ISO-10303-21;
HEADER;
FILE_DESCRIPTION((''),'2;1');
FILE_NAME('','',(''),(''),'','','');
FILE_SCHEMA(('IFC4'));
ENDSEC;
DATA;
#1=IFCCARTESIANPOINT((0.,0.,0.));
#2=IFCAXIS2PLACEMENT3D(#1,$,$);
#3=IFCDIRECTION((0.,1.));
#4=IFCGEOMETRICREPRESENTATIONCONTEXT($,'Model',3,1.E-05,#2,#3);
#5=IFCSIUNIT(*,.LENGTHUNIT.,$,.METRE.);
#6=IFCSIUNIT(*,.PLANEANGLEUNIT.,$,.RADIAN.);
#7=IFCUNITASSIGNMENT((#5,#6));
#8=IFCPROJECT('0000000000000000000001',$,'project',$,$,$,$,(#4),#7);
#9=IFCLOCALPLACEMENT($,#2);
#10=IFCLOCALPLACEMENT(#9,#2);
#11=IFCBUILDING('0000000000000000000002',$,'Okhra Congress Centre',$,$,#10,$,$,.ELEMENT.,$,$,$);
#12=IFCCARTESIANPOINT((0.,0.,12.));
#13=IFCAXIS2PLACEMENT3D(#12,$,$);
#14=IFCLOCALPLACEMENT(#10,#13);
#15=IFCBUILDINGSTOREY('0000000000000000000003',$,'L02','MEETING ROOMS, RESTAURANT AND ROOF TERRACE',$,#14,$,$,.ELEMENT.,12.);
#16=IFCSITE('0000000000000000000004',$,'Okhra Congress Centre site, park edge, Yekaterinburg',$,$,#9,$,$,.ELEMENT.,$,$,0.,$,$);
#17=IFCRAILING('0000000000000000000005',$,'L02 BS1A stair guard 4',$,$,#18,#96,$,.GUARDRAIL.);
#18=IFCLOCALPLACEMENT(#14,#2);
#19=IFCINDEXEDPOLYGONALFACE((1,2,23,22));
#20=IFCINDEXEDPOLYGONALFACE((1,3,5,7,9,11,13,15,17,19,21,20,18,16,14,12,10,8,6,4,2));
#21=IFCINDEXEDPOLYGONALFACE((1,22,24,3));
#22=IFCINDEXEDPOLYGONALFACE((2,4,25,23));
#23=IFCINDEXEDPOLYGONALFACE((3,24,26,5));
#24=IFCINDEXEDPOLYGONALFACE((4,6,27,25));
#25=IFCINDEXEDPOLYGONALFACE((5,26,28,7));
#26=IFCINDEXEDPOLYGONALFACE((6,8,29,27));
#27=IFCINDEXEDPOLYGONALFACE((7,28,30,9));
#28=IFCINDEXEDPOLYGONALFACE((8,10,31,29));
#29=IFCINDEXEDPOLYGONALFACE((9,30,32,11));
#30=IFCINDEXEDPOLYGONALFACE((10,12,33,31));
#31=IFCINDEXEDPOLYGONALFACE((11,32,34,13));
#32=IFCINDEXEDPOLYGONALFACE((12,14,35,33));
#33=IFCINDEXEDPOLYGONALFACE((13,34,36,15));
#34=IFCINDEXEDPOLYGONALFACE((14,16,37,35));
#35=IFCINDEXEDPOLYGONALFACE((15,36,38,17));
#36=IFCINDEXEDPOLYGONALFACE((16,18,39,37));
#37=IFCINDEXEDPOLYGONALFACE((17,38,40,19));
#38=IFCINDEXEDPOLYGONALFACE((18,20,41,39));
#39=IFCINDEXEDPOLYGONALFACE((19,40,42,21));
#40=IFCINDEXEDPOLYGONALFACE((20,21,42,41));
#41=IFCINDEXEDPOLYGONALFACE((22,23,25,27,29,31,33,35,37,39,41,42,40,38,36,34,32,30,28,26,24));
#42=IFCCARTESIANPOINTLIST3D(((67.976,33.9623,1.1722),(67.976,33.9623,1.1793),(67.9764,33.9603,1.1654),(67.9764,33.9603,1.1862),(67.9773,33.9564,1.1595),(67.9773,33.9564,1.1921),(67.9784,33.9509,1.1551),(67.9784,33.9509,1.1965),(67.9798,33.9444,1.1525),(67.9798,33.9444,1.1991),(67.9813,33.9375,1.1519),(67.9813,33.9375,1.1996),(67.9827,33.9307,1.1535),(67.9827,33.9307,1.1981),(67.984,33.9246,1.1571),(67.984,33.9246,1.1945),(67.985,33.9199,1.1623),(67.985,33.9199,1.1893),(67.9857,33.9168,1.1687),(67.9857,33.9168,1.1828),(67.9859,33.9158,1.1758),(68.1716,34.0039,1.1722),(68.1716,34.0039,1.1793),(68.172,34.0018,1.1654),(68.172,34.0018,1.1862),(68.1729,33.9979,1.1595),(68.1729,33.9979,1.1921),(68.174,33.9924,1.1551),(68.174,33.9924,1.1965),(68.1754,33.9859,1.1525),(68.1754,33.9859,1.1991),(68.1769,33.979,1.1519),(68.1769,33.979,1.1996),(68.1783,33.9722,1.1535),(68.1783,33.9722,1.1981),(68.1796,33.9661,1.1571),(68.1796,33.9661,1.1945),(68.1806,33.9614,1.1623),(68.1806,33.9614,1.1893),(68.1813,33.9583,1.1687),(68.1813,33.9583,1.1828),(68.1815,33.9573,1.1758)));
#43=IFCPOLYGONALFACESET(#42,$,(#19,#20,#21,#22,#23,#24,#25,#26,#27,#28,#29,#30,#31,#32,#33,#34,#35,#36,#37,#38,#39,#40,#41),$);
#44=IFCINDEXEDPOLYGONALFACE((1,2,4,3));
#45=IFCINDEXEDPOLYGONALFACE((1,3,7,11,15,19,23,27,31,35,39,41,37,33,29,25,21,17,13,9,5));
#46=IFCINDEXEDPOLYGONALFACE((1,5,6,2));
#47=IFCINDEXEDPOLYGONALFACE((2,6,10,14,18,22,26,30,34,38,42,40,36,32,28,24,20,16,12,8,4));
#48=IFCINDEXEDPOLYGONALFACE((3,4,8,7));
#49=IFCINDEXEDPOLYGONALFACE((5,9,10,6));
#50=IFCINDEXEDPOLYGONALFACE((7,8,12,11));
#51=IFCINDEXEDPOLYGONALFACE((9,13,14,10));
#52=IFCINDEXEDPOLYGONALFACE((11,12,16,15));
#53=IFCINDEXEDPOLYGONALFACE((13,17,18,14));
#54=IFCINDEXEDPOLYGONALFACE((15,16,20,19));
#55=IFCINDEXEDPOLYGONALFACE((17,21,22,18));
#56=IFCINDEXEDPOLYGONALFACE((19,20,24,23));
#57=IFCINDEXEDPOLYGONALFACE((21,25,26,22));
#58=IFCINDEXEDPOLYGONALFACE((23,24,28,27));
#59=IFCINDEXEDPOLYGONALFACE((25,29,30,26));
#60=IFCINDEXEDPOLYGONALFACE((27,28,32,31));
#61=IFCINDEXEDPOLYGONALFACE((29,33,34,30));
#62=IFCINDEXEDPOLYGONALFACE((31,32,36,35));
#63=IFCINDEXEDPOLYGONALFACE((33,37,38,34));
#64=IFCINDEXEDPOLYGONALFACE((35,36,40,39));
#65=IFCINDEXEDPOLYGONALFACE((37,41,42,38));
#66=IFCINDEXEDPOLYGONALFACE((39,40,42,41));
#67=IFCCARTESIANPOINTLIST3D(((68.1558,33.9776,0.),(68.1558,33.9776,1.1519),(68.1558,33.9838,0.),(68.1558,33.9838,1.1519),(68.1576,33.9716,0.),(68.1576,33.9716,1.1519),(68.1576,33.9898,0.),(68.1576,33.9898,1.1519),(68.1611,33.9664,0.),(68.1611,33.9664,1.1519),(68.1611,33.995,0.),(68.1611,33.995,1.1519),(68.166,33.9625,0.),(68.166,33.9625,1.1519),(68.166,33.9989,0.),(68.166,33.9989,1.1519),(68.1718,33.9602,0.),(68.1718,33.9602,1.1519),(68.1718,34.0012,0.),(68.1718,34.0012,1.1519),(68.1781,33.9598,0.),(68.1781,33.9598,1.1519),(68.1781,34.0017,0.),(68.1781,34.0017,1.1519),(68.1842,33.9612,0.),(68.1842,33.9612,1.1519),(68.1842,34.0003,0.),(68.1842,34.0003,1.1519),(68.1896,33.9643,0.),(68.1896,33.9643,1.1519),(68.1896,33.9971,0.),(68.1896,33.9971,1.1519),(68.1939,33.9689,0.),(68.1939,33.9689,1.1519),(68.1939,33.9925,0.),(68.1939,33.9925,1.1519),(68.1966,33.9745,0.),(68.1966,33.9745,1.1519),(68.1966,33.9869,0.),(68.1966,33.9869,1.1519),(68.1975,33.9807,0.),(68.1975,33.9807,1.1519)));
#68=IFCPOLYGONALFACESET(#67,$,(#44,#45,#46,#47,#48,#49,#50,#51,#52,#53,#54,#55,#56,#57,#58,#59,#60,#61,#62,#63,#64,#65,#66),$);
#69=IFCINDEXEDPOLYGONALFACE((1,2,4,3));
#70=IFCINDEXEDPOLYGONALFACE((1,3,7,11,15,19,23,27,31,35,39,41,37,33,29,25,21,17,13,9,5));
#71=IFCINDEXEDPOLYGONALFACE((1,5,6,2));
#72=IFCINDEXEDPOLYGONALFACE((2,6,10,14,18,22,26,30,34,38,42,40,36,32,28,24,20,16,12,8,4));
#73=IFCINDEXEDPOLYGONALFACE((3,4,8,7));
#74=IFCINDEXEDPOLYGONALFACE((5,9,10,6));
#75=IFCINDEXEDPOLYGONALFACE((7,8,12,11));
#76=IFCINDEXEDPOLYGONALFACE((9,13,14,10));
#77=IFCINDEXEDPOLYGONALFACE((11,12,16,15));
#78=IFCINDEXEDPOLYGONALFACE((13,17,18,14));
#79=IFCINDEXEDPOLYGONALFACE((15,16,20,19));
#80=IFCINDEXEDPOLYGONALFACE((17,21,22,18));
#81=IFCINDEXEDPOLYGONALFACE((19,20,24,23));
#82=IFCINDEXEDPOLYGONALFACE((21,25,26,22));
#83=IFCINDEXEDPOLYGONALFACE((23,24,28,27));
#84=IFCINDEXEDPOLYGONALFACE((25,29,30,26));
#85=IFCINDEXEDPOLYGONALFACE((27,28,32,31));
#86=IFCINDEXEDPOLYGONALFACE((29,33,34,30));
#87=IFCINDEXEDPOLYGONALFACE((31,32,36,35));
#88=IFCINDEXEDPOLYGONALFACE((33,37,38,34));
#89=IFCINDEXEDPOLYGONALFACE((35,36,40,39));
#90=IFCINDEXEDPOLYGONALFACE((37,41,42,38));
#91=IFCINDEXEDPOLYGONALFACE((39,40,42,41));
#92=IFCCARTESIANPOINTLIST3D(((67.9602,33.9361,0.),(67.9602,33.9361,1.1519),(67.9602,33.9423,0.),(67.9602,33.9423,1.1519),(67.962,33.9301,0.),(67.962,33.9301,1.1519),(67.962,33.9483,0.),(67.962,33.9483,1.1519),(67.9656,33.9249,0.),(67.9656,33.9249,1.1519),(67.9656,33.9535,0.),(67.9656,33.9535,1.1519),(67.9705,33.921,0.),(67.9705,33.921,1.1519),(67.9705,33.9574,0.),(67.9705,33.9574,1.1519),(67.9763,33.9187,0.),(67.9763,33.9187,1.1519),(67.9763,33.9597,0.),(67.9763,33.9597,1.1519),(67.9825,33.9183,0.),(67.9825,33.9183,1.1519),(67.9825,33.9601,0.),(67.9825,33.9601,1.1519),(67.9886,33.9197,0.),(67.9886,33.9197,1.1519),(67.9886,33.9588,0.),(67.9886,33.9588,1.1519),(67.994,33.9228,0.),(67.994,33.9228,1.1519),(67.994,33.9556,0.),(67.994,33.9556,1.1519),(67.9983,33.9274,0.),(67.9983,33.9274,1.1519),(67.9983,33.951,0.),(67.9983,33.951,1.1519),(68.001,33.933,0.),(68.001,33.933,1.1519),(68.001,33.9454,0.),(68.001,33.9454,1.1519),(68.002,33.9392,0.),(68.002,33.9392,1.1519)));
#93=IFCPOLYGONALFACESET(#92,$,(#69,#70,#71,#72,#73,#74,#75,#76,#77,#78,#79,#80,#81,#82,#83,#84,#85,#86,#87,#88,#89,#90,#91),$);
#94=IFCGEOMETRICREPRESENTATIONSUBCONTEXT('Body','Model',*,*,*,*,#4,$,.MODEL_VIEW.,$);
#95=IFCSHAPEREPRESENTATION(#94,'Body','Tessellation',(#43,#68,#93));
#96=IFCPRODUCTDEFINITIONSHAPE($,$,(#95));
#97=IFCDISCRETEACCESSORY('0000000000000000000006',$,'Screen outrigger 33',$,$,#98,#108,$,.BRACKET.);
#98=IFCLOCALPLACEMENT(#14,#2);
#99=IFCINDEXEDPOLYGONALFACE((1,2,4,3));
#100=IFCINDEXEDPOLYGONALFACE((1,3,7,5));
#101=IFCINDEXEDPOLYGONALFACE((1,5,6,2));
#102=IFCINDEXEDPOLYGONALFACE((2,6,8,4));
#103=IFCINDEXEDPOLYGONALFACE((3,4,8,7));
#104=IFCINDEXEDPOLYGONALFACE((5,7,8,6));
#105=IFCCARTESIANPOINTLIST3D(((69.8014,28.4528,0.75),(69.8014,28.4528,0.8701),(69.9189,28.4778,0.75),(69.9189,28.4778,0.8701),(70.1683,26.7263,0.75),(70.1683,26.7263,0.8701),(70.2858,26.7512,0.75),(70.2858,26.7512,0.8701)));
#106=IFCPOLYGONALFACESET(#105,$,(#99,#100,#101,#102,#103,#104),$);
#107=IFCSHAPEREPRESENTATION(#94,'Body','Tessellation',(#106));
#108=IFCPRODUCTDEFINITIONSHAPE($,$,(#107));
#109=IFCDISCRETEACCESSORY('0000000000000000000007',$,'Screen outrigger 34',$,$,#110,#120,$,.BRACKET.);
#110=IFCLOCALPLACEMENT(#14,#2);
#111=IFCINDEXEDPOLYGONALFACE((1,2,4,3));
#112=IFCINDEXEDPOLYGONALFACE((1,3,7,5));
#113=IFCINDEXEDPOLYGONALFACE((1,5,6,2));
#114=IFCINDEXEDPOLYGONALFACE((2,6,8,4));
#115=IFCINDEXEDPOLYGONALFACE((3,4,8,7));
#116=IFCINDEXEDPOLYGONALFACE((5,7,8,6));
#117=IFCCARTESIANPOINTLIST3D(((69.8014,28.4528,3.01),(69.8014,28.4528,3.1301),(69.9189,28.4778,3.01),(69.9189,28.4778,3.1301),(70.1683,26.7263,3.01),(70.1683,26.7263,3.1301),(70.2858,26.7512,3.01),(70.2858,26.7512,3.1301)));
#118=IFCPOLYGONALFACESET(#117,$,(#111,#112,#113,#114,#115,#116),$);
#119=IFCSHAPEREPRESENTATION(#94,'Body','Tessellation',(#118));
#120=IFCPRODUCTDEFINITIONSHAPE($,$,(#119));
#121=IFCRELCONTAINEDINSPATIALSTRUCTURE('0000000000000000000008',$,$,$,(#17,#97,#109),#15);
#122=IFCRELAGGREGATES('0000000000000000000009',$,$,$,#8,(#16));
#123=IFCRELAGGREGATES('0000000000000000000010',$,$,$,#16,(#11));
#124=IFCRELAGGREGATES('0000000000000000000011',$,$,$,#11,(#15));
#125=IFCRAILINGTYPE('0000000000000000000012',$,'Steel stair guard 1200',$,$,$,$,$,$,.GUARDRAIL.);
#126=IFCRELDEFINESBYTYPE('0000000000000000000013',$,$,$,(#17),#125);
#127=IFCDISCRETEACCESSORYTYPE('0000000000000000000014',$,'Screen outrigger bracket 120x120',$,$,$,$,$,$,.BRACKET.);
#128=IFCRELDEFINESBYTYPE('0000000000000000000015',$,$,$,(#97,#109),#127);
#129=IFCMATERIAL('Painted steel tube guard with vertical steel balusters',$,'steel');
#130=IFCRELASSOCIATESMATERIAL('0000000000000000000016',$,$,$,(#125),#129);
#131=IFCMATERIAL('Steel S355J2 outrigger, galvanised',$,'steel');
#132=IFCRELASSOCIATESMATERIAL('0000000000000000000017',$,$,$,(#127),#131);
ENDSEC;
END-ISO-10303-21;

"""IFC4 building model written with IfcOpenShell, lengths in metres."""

from ifc_helpers import new_model, si_unit, direction, frame, origin, origin_2d, place, context, subcontext, project, spatial, rectangle, circle, extrude, material, material_profile, profile_set, type_object, element, save


model = new_model("IFC4")

# Units and contexts
model_context = context("Model", 3, precision=1e-05, world=origin(), true_north=direction((0.0, 1.0)))
body_context = subcontext(model_context, "Body", "Model", "MODEL_VIEW")
ifc_project = project(units=[si_unit("LENGTHUNIT", "METRE"), si_unit("PLANEANGLEUNIT", "RADIAN")], contexts=[model_context])

# Site, building, storey
site_placement = place(None, origin())
site = spatial("IfcSite", under=ifc_project, at=site_placement, Name="Okhra Congress Centre site, park edge, Yekaterinburg", CompositionType="ELEMENT", RefElevation=0.0)
building_placement = place(site_placement, origin())
building = spatial("IfcBuilding", under=site, at=building_placement, Name="Okhra Congress Centre", CompositionType="ELEMENT")
storey_placement = place(building_placement, frame((0.0, 0.0, 12.0)))
storey = spatial("IfcBuildingStorey", under=building, at=storey_placement, Name="L02", Description="MEETING ROOMS, RESTAURANT AND ROOF TERRACE", CompositionType="ELEMENT", Elevation=12.0)

# Railing
ifc_material_1 = material(Name="Painted steel tube guard with vertical steel balusters", Category="steel")
railing_type = type_object("IfcRailingType", Name="Steel stair guard 1200", PredefinedType="GUARDRAIL", material=ifc_material_1)
railing_placement = place(storey_placement, frame((68.1765, 33.9807, 0.0)))
element("IfcRailing", 1, at=railing_placement, inside=storey, type_object=railing_type, Name="L02 BS1A stair guard 4", PredefinedType="GUARDRAIL", context=body_context, shape_type="SweptSolid", body=[
    extrude(circle(Radius=0.0239, at=origin_2d()), frame((0.0, 0.0, 1.1758), z_axis=(-0.978212, -0.20761, 0.0), x_axis=(0.20761, -0.978212, 0.0)), (0.0, 0.0, 1.0), 0.2),
    extrude(circle(Radius=0.021, at=origin_2d()), origin(), (0.0, 0.0, 1.0), 1.1519),
    extrude(circle(Radius=0.021, at=origin_2d()), frame((-0.1956, -0.0415, 0.0)), (0.0, 0.0, 1.0), 1.1519),
])

# Discrete accessories
ifc_material_2 = material(Name="Steel S355J2 outrigger, galvanised", Category="steel")
ifc_material_profile_1 = material_profile(ifc_material_2, rectangle(XDim=0.1201, YDim=0.1201, at=origin_2d()), Name="Screen outrigger bracket 120x120")
ifc_profile_set_1 = profile_set([ifc_material_profile_1], Name="Steel S355J2 outrigger, galvanised")
discrete_accessory_type = type_object("IfcDiscreteAccessoryType", Name="Screen outrigger bracket 120x120", PredefinedType="BRACKET", material=ifc_profile_set_1)
for number, where, z_axis, x_axis, name in (
    (2, (69.8601, 28.4653, 0.8101), (0.207885, -0.978153, 0.0), (0.978153, 0.207885, 0.0), "Screen outrigger 33"),
    (3, (69.8601, 28.4653, 3.0701), (0.207885, -0.978153, 0.0), (0.978153, 0.207885, 0.0), "Screen outrigger 34"),
):
    element("IfcDiscreteAccessory", number, at=place(storey_placement, frame(where, z_axis=z_axis, x_axis=x_axis)), inside=storey, type_object=discrete_accessory_type, Name=name, PredefinedType="BRACKET", context=body_context, shape_type="SweptSolid", body=[
        extrude(rectangle(XDim=0.1201, YDim=0.1201, at=origin_2d()), origin(), (0.0, 0.0, 1.0), 1.7651),
    ])

save(model, "model.ifc")
